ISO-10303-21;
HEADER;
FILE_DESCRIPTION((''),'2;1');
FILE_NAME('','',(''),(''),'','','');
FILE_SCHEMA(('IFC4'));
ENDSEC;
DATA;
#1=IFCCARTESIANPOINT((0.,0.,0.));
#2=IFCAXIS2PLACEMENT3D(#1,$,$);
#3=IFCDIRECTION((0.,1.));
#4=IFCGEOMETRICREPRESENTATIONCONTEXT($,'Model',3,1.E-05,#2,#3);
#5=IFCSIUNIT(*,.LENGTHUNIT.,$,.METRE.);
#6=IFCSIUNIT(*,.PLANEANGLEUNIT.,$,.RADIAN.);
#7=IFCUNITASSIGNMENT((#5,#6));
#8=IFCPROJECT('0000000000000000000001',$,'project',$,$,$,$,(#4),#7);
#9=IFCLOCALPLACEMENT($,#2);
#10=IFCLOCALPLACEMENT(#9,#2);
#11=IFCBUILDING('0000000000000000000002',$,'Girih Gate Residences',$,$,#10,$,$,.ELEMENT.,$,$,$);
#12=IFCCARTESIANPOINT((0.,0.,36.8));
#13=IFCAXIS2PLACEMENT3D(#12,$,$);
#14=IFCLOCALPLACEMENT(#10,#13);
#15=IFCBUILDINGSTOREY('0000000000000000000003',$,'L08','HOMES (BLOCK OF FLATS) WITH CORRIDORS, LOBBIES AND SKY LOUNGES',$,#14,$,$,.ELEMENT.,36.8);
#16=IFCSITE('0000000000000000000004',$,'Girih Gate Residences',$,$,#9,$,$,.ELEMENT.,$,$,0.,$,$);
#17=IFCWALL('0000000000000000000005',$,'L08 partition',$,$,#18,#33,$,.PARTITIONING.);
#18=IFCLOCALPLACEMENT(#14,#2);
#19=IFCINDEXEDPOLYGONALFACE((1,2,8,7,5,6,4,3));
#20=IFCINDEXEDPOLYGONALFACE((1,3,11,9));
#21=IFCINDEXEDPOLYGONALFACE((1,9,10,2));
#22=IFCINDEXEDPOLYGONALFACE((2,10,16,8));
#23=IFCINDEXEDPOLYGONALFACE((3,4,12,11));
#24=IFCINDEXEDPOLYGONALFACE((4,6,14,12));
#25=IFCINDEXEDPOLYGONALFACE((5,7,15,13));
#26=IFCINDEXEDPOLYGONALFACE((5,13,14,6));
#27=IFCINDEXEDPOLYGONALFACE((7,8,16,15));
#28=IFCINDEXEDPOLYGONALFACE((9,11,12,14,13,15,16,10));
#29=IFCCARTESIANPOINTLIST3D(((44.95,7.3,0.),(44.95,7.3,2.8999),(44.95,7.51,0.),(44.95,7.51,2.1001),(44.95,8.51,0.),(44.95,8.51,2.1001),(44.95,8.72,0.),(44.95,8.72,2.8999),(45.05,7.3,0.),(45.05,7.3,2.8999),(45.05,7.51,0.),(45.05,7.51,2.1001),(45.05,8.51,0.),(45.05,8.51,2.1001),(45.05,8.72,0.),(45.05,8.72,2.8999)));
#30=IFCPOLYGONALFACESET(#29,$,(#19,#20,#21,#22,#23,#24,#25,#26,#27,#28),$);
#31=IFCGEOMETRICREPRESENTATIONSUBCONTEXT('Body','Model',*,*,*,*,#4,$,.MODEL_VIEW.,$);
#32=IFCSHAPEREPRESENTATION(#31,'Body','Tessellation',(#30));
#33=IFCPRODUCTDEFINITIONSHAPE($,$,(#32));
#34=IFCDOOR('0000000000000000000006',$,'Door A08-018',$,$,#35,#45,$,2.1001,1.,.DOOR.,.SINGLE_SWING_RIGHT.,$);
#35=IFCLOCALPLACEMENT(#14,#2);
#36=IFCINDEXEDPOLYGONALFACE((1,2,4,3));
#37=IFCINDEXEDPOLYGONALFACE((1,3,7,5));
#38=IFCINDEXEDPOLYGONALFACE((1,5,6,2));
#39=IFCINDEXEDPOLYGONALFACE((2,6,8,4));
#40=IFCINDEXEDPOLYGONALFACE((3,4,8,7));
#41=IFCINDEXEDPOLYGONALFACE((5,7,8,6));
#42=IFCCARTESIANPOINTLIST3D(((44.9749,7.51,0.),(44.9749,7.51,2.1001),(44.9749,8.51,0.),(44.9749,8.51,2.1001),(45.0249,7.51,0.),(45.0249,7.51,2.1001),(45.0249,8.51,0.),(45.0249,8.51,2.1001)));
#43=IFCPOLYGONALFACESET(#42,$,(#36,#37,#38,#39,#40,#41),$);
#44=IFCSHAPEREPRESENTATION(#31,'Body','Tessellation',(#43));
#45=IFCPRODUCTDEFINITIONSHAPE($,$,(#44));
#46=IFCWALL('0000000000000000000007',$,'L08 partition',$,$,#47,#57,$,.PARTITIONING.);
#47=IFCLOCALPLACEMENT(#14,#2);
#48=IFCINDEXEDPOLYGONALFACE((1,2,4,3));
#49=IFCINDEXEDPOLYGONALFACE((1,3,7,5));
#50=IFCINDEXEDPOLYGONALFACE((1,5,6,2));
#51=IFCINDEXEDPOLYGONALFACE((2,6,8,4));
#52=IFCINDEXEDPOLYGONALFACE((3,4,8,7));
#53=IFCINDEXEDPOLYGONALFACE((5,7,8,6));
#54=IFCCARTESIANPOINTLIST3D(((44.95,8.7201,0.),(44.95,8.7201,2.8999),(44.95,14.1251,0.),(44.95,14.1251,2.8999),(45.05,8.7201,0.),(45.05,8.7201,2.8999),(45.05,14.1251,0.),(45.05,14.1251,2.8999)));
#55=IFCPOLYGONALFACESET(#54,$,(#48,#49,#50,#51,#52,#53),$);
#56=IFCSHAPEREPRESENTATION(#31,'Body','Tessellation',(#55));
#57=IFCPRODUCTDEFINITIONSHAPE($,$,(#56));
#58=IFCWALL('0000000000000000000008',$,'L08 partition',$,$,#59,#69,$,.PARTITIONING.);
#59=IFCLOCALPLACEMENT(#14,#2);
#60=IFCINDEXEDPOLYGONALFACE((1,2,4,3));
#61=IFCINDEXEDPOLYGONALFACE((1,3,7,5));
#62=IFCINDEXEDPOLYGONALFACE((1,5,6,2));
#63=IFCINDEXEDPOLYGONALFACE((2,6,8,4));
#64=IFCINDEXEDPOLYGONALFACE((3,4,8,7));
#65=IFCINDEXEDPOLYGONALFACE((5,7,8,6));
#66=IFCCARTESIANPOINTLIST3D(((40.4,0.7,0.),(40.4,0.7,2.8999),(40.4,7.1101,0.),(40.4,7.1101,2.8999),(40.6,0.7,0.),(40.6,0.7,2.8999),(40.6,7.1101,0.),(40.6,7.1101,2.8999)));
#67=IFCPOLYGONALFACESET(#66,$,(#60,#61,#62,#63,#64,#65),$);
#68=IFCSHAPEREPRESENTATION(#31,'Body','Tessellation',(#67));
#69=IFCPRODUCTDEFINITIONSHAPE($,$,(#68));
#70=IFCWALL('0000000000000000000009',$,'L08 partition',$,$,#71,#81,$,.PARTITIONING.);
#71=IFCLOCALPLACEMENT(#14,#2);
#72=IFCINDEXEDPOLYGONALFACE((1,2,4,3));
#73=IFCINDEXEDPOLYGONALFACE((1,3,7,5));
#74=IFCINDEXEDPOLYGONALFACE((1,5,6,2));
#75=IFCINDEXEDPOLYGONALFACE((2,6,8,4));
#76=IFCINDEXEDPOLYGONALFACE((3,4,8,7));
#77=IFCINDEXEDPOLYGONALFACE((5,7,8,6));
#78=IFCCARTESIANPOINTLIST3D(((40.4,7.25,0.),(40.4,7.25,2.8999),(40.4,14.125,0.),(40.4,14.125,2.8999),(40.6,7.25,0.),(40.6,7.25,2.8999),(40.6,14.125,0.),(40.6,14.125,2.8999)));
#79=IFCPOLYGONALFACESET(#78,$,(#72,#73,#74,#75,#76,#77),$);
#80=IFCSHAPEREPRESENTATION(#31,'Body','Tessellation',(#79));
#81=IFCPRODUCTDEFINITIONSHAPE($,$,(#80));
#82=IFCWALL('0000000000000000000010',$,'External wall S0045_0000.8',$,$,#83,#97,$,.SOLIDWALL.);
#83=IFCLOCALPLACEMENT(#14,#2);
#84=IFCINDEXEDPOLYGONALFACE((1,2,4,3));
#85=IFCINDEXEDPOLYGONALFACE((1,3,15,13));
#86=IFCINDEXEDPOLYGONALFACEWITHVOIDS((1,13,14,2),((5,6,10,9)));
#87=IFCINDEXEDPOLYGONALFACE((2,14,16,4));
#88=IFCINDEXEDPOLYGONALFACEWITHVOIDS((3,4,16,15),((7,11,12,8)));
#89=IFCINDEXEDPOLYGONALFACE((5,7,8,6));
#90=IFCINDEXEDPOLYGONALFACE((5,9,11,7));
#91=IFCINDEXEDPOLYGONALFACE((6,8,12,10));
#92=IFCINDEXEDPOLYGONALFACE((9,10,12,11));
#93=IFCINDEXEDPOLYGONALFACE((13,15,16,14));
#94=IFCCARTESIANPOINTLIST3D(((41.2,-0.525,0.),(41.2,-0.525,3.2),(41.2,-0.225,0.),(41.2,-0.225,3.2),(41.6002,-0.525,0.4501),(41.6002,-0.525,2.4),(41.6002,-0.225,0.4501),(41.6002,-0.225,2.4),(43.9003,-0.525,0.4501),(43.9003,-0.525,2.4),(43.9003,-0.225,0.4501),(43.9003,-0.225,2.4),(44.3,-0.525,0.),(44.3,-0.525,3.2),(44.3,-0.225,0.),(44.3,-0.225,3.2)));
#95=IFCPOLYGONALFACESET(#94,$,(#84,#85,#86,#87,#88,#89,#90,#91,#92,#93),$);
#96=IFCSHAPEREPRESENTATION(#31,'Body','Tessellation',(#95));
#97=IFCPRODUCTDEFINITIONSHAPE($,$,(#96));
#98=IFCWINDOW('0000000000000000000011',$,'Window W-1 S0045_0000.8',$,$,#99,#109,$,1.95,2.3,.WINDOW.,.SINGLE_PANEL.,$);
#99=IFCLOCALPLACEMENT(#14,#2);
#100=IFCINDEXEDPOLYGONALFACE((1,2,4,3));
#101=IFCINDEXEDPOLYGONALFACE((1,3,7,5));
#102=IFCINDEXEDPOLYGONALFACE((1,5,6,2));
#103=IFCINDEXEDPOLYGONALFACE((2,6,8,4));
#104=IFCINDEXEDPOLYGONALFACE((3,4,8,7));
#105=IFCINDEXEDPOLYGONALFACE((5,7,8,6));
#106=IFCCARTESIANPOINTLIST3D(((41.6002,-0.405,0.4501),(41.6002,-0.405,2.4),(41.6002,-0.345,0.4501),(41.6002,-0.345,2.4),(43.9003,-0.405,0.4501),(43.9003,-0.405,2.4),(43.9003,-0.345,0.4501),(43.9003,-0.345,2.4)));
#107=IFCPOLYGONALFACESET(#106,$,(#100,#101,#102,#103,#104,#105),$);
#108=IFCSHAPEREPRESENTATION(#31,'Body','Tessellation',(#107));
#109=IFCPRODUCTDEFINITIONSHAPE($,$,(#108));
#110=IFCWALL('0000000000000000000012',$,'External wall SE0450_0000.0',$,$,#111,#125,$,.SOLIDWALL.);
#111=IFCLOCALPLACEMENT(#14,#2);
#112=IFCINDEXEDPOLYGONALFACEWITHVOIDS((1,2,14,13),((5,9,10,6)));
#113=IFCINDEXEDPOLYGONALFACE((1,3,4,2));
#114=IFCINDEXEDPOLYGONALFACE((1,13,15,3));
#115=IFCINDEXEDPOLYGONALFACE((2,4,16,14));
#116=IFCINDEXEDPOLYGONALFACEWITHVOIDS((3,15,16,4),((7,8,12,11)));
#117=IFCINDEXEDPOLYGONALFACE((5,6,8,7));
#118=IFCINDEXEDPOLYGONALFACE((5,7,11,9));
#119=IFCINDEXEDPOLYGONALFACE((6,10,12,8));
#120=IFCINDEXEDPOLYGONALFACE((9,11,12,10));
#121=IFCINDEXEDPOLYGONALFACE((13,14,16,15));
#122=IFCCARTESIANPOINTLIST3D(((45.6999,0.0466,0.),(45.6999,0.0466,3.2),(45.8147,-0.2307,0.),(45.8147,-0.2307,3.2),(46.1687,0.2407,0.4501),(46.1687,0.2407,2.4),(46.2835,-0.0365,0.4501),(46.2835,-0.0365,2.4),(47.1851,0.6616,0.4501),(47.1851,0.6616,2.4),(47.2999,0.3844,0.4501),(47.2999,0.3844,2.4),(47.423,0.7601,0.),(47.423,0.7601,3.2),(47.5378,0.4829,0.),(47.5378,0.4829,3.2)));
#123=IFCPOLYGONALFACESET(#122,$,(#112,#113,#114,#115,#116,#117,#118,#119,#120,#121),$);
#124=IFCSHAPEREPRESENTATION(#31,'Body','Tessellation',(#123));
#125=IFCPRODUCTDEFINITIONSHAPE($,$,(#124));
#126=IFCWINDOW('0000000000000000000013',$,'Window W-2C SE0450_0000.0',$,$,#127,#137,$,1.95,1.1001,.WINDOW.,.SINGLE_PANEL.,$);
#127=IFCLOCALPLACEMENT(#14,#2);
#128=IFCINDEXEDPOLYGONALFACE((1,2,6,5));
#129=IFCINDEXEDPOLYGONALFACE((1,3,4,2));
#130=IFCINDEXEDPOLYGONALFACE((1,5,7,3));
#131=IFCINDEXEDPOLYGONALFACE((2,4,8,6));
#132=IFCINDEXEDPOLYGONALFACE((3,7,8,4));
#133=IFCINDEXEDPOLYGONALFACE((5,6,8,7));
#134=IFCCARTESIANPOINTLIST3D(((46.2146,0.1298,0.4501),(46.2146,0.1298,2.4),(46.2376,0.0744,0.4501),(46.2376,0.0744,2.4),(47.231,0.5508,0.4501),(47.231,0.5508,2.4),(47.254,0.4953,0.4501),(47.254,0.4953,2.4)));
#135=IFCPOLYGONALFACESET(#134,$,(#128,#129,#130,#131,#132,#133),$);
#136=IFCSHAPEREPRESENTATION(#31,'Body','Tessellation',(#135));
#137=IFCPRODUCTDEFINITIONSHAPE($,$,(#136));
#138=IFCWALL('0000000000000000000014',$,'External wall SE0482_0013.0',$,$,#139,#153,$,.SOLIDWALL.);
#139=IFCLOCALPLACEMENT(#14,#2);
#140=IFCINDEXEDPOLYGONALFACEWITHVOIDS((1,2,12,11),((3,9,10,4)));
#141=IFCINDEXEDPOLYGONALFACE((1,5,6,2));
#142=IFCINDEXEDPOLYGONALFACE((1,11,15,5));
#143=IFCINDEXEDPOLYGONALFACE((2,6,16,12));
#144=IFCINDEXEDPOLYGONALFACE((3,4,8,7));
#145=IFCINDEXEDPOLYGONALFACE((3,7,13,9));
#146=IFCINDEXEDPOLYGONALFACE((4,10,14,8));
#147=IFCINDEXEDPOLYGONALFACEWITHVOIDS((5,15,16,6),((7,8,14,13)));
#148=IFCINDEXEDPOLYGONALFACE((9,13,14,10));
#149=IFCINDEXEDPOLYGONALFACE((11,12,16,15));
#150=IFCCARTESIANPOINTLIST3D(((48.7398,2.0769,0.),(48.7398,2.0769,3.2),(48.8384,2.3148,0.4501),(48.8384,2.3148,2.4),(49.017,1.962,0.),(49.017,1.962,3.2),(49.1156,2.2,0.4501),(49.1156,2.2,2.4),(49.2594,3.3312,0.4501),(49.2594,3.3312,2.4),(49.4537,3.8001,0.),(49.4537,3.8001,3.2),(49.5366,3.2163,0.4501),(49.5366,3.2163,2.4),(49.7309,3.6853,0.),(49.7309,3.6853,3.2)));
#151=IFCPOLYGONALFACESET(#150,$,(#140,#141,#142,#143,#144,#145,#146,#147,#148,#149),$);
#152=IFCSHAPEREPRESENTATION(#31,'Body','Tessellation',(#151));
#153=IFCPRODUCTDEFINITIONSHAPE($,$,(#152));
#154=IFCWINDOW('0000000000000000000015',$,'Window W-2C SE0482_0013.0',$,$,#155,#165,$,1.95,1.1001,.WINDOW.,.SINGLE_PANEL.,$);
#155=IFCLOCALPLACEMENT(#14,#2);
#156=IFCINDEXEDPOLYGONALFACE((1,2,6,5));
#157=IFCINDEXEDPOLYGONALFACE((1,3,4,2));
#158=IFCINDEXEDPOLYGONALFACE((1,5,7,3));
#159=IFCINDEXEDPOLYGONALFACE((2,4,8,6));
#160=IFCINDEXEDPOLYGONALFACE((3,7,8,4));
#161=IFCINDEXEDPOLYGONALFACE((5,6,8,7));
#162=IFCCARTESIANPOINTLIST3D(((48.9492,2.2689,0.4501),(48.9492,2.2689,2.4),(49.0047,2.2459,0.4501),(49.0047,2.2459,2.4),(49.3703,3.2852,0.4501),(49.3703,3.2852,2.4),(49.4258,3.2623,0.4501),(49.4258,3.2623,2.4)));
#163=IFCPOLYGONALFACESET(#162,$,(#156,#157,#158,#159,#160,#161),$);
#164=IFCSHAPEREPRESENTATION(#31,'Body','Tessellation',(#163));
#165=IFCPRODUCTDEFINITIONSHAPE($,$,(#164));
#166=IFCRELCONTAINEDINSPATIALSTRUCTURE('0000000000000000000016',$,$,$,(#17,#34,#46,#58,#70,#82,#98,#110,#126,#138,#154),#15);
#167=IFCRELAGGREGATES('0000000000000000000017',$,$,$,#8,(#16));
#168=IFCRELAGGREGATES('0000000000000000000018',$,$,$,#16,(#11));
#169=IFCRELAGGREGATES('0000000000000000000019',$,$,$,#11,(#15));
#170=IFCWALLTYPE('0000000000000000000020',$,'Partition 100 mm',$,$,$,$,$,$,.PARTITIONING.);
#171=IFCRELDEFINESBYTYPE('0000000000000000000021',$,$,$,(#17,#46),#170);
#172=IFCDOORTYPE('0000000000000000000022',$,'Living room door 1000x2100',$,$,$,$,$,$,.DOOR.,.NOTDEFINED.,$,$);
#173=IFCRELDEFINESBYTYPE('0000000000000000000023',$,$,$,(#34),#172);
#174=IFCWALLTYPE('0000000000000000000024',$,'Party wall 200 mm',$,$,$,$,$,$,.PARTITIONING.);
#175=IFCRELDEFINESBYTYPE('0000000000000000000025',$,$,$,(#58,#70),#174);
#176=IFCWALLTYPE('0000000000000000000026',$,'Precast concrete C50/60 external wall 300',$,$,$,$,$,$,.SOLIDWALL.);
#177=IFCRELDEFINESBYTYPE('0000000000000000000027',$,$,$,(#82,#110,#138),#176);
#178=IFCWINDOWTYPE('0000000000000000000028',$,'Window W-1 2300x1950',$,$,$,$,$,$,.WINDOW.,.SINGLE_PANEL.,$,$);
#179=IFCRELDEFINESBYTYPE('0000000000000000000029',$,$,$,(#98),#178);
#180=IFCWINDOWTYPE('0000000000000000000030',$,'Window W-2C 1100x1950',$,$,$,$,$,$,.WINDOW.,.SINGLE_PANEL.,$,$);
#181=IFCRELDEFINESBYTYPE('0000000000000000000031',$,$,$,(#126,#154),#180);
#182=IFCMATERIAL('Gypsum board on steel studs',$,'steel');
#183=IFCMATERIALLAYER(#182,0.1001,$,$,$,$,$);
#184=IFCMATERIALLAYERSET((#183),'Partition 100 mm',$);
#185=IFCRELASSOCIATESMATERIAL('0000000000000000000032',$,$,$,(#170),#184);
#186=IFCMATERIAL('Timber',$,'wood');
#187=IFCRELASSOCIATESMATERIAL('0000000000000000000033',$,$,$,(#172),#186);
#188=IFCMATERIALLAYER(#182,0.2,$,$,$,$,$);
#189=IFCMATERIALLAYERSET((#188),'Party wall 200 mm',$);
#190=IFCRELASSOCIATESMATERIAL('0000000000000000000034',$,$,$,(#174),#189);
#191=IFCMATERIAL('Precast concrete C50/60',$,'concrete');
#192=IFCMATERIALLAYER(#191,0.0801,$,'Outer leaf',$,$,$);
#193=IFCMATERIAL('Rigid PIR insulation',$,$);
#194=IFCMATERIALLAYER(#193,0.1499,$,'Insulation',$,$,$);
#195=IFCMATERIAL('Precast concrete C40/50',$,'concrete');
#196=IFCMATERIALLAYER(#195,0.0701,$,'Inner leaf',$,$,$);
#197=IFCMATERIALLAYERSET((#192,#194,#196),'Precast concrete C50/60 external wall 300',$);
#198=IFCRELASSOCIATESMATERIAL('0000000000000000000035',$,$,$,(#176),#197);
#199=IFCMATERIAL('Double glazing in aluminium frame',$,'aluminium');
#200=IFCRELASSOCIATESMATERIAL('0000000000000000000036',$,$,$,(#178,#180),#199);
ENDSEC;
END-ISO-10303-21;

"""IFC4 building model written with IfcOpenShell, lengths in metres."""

from ifc_helpers import new_model, si_unit, direction, frame, frame_2d, origin, place, context, subcontext, project, spatial, rectangle, extrude, material, layer, layer_set, type_object, element, fill, save


model = new_model("IFC4")

# Units and contexts
model_context = context("Model", 3, precision=1e-05, world=origin(), true_north=direction((0.0, 1.0)))
body_context = subcontext(model_context, "Body", "Model", "MODEL_VIEW")
ifc_project = project(units=[si_unit("LENGTHUNIT", "METRE"), si_unit("PLANEANGLEUNIT", "RADIAN")], contexts=[model_context])

# Site, building, storey
site_placement = place(None, origin())
site = spatial("IfcSite", under=ifc_project, at=site_placement, Name="Girih Gate Residences", CompositionType="ELEMENT", RefElevation=0.0)
building_placement = place(site_placement, origin())
building = spatial("IfcBuilding", under=site, at=building_placement, Name="Girih Gate Residences", CompositionType="ELEMENT")
storey_placement = place(building_placement, frame((0.0, 0.0, 36.8)))
storey = spatial("IfcBuildingStorey", under=building, at=storey_placement, Name="L08", Description="HOMES (BLOCK OF FLATS) WITH CORRIDORS, LOBBIES AND SKY LOUNGES", CompositionType="ELEMENT", Elevation=36.8)

# Shared definitions
ifc_material_1 = material(Name="Gypsum board on steel studs", Category="steel")
ifc_layer_1 = layer(ifc_material_1, 0.1001)
ifc_layer_set_1 = layer_set([ifc_layer_1], Name="Partition 100 mm")
wall_type_1 = type_object("IfcWallType", Name="Partition 100 mm", PredefinedType="PARTITIONING", material=ifc_layer_set_1)
ifc_material_2 = material(Name="Timber", Category="wood")

# Wall, opening, door
wall_1_placement = place(storey_placement, frame((45.0, 8.72, 0.0), z_axis=(0.0, 0.0, 1.0), x_axis=(0.0, -1.0, 0.0)))
wall_1 = element("IfcWall", 1, at=wall_1_placement, inside=storey, type_object=wall_type_1, Name="L08 partition", PredefinedType="PARTITIONING", context=body_context, shape_type="SweptSolid", body=[
    extrude(rectangle(XDim=1.4199, YDim=0.1001, at=frame_2d((0.71, 0.0))), origin(), (0.0, 0.0, 1.0), 2.8999),
])
opening_1_placement = place(wall_1_placement, frame((0.21, 0.0, 0.0)))
opening_1 = element("IfcOpeningElement", 2, at=opening_1_placement, cuts=wall_1, PredefinedType="OPENING", context=body_context, shape_type="SweptSolid", body=[
    extrude(rectangle(XDim=1.0, YDim=2.1001, at=frame_2d((0.5, 1.05))), frame((0.0, 0.0601, 0.0), z_axis=(0.0, -1.0, 0.0), x_axis=(1.0, 0.0, 0.0)), (0.0, 0.0, 1.0), 0.1201),
])
door_type_1 = type_object("IfcDoorType", Name="Living room door 1000x2100", OperationType="NOTDEFINED", PredefinedType="DOOR", material=ifc_material_2)
door_1_placement = place(opening_1_placement, origin())
door_1 = element("IfcDoor", 3, at=door_1_placement, inside=storey, type_object=door_type_1, Name="Door A08-018", OperationType="SINGLE_SWING_RIGHT", OverallHeight=2.1001, OverallWidth=1.0, PredefinedType="DOOR", context=body_context, shape_type="SweptSolid", body=[
    extrude(rectangle(XDim=1.0, YDim=2.1001, at=frame_2d((0.5, 1.05))), frame((0.0, 0.0249, 0.0), z_axis=(0.0, -1.0, 0.0), x_axis=(1.0, 0.0, 0.0)), (0.0, 0.0, 1.0), 0.05),
])
fill(opening_1, door_1)

# Walls
wall_2_placement = place(storey_placement, frame((45.0, 8.72, 0.0), z_axis=(0.0, 0.0, 1.0), x_axis=(0.0, 1.0, 0.0)))
element("IfcWall", 4, at=wall_2_placement, inside=storey, type_object=wall_type_1, Name="L08 partition", PredefinedType="PARTITIONING", context=body_context, shape_type="SweptSolid", body=[
    extrude(rectangle(XDim=5.405, YDim=0.1001, at=frame_2d((2.7026, 0.0))), origin(), (0.0, 0.0, 1.0), 2.8999),
])
ifc_layer_2 = layer(ifc_material_1, 0.2)
ifc_layer_set_2 = layer_set([ifc_layer_2], Name="Party wall 200 mm")
wall_type_2 = type_object("IfcWallType", Name="Party wall 200 mm", PredefinedType="PARTITIONING", material=ifc_layer_set_2)
wall_3_placement = place(storey_placement, frame((40.5, 0.7, 0.0), z_axis=(0.0, 0.0, 1.0), x_axis=(0.0, 1.0, 0.0)))
element("IfcWall", 5, at=wall_3_placement, inside=storey, type_object=wall_type_2, Name="L08 partition", PredefinedType="PARTITIONING", context=body_context, shape_type="SweptSolid", body=[
    extrude(rectangle(XDim=6.4102, YDim=0.2, at=frame_2d((3.2051, 0.0))), origin(), (0.0, 0.0, 1.0), 2.8999),
])
wall_4_placement = place(storey_placement, frame((40.5, 7.25, 0.0), z_axis=(0.0, 0.0, 1.0), x_axis=(0.0, 1.0, 0.0)))
element("IfcWall", 6, at=wall_4_placement, inside=storey, type_object=wall_type_2, Name="L08 partition", PredefinedType="PARTITIONING", context=body_context, shape_type="SweptSolid", body=[
    extrude(rectangle(XDim=6.875, YDim=0.2, at=frame_2d((3.4375, 0.0))), origin(), (0.0, 0.0, 1.0), 2.8999),
])

# Walls, openings, windows
ifc_material_3 = material(Name="Precast concrete C50/60", Category="concrete")
ifc_layer_3 = layer(ifc_material_3, 0.0801, Name="Outer leaf")
ifc_material_4 = material(Name="Rigid PIR insulation")
ifc_layer_4 = layer(ifc_material_4, 0.1499, Name="Insulation")
ifc_material_5 = material(Name="Precast concrete C40/50", Category="concrete")
ifc_layer_5 = layer(ifc_material_5, 0.0701, Name="Inner leaf")
ifc_layer_set_3 = layer_set([ifc_layer_3, ifc_layer_4, ifc_layer_5], Name="Precast concrete C50/60 external wall 300")
wall_type_3 = type_object("IfcWallType", Name="Precast concrete C50/60 external wall 300", PredefinedType="SOLIDWALL", material=ifc_layer_set_3)
wall_5_placement = place(storey_placement, frame((44.3, -0.375, 0.0), z_axis=(0.0, 0.0, 1.0), x_axis=(-1.0, 0.0, 0.0)))
wall_5 = element("IfcWall", 7, at=wall_5_placement, inside=storey, type_object=wall_type_3, Name="External wall S0045_0000.8", PredefinedType="SOLIDWALL", context=body_context, shape_type="SweptSolid", body=[
    extrude(rectangle(XDim=3.1001, YDim=0.3, at=frame_2d((1.55, 0.0))), origin(), (0.0, 0.0, 1.0), 3.2),
])
opening_2_placement = place(wall_5_placement, frame((0.3999, 0.0, 0.45)))
opening_2 = element("IfcOpeningElement", 8, at=opening_2_placement, cuts=wall_5, PredefinedType="OPENING", context=body_context, shape_type="SweptSolid", body=[
    extrude(rectangle(XDim=2.3, YDim=1.95, at=frame_2d((1.1499, 0.9751))), frame((0.0, 0.1599, 0.0), z_axis=(0.0, -1.0, 0.0), x_axis=(1.0, 0.0, 0.0)), (0.0, 0.0, 1.0), 0.3201),
])
ifc_material_6 = material(Name="Double glazing in aluminium frame", Category="aluminium")
window_type_1 = type_object("IfcWindowType", Name="Window W-1 2300x1950", PartitioningType="SINGLE_PANEL", PredefinedType="WINDOW", material=ifc_material_6)
window_1_placement = place(opening_2_placement, origin())
window_1 = element("IfcWindow", 9, at=window_1_placement, inside=storey, type_object=window_type_1, Name="Window W-1 S0045_0000.8", OverallHeight=1.95, OverallWidth=2.3, PartitioningType="SINGLE_PANEL", PredefinedType="WINDOW", context=body_context, shape_type="SweptSolid", body=[
    extrude(rectangle(XDim=2.3, YDim=1.95, at=frame_2d((1.1499, 0.9751))), frame((0.0, 0.03, 0.0), z_axis=(0.0, -1.0, 0.0), x_axis=(1.0, 0.0, 0.0)), (0.0, 0.0, 1.0), 0.0601),
])
fill(opening_2, window_1)
wall_6_placement = place(storey_placement, frame((47.4805, 0.6216, 0.0), z_axis=(0.0, 0.0, 1.0), x_axis=(-0.923904, -0.382625, 0.0)))
wall_6 = element("IfcWall", 10, at=wall_6_placement, inside=storey, type_object=wall_type_3, Name="External wall SE0450_0000.0", PredefinedType="SOLIDWALL", context=body_context, shape_type="SweptSolid", body=[
    extrude(rectangle(XDim=1.865, YDim=0.3, at=frame_2d((0.9326, 0.0))), origin(), (0.0, 0.0, 1.0), 3.2),
])
opening_3_placement = place(wall_6_placement, frame((0.2576, 0.0, 0.45)))
opening_3 = element("IfcOpeningElement", 11, at=opening_3_placement, cuts=wall_6, PredefinedType="OPENING", context=body_context, shape_type="SweptSolid", body=[
    extrude(rectangle(XDim=1.1001, YDim=1.95, at=frame_2d((0.55, 0.9751))), frame((0.0, 0.1599, 0.0), z_axis=(0.0, -1.0, 0.0), x_axis=(1.0, 0.0, 0.0)), (0.0, 0.0, 1.0), 0.3201),
])
window_type_2 = type_object("IfcWindowType", Name="Window W-2C 1100x1950", PartitioningType="SINGLE_PANEL", PredefinedType="WINDOW", material=ifc_material_6)
window_2_placement = place(opening_3_placement, origin())
window_2 = element("IfcWindow", 12, at=window_2_placement, inside=storey, type_object=window_type_2, Name="Window W-2C SE0450_0000.0", OverallHeight=1.95, OverallWidth=1.1001, PartitioningType="SINGLE_PANEL", PredefinedType="WINDOW", context=body_context, shape_type="SweptSolid", body=[
    extrude(rectangle(XDim=1.1001, YDim=1.95, at=frame_2d((0.55, 0.9751))), frame((0.0, 0.03, 0.0), z_axis=(0.0, -1.0, 0.0), x_axis=(1.0, 0.0, 0.0)), (0.0, 0.0, 1.0), 0.0601),
])
fill(opening_3, window_2)
wall_7_placement = place(storey_placement, frame((49.5923, 3.7427, 0.0), z_axis=(0.0, 0.0, 1.0), x_axis=(-0.382737, -0.923857, 0.0)))
wall_7 = element("IfcWall", 13, at=wall_7_placement, inside=storey, type_object=wall_type_3, Name="External wall SE0482_0013.0", PredefinedType="SOLIDWALL", context=body_context, shape_type="SweptSolid", body=[
    extrude(rectangle(XDim=1.8652, YDim=0.3, at=frame_2d((0.9326, 0.0))), origin(), (0.0, 0.0, 1.0), 3.2),
])
opening_4_placement = place(wall_7_placement, frame((0.5076, 0.0, 0.45)))
opening_4 = element("IfcOpeningElement", 14, at=opening_4_placement, cuts=wall_7, PredefinedType="OPENING", context=body_context, shape_type="SweptSolid", body=[
    extrude(rectangle(XDim=1.1001, YDim=1.95, at=frame_2d((0.55, 0.9751))), frame((0.0, 0.1599, 0.0), z_axis=(0.0, -1.0, 0.0), x_axis=(1.0, 0.0, 0.0)), (0.0, 0.0, 1.0), 0.3201),
])
window_3_placement = place(opening_4_placement, origin())
window_3 = element("IfcWindow", 15, at=window_3_placement, inside=storey, type_object=window_type_2, Name="Window W-2C SE0482_0013.0", OverallHeight=1.95, OverallWidth=1.1001, PartitioningType="SINGLE_PANEL", PredefinedType="WINDOW", context=body_context, shape_type="SweptSolid", body=[
    extrude(rectangle(XDim=1.1001, YDim=1.95, at=frame_2d((0.55, 0.9751))), frame((0.0, 0.03, 0.0), z_axis=(0.0, -1.0, 0.0), x_axis=(1.0, 0.0, 0.0)), (0.0, 0.0, 1.0), 0.0601),
])
fill(opening_4, window_3)

save(model, "model.ifc")
